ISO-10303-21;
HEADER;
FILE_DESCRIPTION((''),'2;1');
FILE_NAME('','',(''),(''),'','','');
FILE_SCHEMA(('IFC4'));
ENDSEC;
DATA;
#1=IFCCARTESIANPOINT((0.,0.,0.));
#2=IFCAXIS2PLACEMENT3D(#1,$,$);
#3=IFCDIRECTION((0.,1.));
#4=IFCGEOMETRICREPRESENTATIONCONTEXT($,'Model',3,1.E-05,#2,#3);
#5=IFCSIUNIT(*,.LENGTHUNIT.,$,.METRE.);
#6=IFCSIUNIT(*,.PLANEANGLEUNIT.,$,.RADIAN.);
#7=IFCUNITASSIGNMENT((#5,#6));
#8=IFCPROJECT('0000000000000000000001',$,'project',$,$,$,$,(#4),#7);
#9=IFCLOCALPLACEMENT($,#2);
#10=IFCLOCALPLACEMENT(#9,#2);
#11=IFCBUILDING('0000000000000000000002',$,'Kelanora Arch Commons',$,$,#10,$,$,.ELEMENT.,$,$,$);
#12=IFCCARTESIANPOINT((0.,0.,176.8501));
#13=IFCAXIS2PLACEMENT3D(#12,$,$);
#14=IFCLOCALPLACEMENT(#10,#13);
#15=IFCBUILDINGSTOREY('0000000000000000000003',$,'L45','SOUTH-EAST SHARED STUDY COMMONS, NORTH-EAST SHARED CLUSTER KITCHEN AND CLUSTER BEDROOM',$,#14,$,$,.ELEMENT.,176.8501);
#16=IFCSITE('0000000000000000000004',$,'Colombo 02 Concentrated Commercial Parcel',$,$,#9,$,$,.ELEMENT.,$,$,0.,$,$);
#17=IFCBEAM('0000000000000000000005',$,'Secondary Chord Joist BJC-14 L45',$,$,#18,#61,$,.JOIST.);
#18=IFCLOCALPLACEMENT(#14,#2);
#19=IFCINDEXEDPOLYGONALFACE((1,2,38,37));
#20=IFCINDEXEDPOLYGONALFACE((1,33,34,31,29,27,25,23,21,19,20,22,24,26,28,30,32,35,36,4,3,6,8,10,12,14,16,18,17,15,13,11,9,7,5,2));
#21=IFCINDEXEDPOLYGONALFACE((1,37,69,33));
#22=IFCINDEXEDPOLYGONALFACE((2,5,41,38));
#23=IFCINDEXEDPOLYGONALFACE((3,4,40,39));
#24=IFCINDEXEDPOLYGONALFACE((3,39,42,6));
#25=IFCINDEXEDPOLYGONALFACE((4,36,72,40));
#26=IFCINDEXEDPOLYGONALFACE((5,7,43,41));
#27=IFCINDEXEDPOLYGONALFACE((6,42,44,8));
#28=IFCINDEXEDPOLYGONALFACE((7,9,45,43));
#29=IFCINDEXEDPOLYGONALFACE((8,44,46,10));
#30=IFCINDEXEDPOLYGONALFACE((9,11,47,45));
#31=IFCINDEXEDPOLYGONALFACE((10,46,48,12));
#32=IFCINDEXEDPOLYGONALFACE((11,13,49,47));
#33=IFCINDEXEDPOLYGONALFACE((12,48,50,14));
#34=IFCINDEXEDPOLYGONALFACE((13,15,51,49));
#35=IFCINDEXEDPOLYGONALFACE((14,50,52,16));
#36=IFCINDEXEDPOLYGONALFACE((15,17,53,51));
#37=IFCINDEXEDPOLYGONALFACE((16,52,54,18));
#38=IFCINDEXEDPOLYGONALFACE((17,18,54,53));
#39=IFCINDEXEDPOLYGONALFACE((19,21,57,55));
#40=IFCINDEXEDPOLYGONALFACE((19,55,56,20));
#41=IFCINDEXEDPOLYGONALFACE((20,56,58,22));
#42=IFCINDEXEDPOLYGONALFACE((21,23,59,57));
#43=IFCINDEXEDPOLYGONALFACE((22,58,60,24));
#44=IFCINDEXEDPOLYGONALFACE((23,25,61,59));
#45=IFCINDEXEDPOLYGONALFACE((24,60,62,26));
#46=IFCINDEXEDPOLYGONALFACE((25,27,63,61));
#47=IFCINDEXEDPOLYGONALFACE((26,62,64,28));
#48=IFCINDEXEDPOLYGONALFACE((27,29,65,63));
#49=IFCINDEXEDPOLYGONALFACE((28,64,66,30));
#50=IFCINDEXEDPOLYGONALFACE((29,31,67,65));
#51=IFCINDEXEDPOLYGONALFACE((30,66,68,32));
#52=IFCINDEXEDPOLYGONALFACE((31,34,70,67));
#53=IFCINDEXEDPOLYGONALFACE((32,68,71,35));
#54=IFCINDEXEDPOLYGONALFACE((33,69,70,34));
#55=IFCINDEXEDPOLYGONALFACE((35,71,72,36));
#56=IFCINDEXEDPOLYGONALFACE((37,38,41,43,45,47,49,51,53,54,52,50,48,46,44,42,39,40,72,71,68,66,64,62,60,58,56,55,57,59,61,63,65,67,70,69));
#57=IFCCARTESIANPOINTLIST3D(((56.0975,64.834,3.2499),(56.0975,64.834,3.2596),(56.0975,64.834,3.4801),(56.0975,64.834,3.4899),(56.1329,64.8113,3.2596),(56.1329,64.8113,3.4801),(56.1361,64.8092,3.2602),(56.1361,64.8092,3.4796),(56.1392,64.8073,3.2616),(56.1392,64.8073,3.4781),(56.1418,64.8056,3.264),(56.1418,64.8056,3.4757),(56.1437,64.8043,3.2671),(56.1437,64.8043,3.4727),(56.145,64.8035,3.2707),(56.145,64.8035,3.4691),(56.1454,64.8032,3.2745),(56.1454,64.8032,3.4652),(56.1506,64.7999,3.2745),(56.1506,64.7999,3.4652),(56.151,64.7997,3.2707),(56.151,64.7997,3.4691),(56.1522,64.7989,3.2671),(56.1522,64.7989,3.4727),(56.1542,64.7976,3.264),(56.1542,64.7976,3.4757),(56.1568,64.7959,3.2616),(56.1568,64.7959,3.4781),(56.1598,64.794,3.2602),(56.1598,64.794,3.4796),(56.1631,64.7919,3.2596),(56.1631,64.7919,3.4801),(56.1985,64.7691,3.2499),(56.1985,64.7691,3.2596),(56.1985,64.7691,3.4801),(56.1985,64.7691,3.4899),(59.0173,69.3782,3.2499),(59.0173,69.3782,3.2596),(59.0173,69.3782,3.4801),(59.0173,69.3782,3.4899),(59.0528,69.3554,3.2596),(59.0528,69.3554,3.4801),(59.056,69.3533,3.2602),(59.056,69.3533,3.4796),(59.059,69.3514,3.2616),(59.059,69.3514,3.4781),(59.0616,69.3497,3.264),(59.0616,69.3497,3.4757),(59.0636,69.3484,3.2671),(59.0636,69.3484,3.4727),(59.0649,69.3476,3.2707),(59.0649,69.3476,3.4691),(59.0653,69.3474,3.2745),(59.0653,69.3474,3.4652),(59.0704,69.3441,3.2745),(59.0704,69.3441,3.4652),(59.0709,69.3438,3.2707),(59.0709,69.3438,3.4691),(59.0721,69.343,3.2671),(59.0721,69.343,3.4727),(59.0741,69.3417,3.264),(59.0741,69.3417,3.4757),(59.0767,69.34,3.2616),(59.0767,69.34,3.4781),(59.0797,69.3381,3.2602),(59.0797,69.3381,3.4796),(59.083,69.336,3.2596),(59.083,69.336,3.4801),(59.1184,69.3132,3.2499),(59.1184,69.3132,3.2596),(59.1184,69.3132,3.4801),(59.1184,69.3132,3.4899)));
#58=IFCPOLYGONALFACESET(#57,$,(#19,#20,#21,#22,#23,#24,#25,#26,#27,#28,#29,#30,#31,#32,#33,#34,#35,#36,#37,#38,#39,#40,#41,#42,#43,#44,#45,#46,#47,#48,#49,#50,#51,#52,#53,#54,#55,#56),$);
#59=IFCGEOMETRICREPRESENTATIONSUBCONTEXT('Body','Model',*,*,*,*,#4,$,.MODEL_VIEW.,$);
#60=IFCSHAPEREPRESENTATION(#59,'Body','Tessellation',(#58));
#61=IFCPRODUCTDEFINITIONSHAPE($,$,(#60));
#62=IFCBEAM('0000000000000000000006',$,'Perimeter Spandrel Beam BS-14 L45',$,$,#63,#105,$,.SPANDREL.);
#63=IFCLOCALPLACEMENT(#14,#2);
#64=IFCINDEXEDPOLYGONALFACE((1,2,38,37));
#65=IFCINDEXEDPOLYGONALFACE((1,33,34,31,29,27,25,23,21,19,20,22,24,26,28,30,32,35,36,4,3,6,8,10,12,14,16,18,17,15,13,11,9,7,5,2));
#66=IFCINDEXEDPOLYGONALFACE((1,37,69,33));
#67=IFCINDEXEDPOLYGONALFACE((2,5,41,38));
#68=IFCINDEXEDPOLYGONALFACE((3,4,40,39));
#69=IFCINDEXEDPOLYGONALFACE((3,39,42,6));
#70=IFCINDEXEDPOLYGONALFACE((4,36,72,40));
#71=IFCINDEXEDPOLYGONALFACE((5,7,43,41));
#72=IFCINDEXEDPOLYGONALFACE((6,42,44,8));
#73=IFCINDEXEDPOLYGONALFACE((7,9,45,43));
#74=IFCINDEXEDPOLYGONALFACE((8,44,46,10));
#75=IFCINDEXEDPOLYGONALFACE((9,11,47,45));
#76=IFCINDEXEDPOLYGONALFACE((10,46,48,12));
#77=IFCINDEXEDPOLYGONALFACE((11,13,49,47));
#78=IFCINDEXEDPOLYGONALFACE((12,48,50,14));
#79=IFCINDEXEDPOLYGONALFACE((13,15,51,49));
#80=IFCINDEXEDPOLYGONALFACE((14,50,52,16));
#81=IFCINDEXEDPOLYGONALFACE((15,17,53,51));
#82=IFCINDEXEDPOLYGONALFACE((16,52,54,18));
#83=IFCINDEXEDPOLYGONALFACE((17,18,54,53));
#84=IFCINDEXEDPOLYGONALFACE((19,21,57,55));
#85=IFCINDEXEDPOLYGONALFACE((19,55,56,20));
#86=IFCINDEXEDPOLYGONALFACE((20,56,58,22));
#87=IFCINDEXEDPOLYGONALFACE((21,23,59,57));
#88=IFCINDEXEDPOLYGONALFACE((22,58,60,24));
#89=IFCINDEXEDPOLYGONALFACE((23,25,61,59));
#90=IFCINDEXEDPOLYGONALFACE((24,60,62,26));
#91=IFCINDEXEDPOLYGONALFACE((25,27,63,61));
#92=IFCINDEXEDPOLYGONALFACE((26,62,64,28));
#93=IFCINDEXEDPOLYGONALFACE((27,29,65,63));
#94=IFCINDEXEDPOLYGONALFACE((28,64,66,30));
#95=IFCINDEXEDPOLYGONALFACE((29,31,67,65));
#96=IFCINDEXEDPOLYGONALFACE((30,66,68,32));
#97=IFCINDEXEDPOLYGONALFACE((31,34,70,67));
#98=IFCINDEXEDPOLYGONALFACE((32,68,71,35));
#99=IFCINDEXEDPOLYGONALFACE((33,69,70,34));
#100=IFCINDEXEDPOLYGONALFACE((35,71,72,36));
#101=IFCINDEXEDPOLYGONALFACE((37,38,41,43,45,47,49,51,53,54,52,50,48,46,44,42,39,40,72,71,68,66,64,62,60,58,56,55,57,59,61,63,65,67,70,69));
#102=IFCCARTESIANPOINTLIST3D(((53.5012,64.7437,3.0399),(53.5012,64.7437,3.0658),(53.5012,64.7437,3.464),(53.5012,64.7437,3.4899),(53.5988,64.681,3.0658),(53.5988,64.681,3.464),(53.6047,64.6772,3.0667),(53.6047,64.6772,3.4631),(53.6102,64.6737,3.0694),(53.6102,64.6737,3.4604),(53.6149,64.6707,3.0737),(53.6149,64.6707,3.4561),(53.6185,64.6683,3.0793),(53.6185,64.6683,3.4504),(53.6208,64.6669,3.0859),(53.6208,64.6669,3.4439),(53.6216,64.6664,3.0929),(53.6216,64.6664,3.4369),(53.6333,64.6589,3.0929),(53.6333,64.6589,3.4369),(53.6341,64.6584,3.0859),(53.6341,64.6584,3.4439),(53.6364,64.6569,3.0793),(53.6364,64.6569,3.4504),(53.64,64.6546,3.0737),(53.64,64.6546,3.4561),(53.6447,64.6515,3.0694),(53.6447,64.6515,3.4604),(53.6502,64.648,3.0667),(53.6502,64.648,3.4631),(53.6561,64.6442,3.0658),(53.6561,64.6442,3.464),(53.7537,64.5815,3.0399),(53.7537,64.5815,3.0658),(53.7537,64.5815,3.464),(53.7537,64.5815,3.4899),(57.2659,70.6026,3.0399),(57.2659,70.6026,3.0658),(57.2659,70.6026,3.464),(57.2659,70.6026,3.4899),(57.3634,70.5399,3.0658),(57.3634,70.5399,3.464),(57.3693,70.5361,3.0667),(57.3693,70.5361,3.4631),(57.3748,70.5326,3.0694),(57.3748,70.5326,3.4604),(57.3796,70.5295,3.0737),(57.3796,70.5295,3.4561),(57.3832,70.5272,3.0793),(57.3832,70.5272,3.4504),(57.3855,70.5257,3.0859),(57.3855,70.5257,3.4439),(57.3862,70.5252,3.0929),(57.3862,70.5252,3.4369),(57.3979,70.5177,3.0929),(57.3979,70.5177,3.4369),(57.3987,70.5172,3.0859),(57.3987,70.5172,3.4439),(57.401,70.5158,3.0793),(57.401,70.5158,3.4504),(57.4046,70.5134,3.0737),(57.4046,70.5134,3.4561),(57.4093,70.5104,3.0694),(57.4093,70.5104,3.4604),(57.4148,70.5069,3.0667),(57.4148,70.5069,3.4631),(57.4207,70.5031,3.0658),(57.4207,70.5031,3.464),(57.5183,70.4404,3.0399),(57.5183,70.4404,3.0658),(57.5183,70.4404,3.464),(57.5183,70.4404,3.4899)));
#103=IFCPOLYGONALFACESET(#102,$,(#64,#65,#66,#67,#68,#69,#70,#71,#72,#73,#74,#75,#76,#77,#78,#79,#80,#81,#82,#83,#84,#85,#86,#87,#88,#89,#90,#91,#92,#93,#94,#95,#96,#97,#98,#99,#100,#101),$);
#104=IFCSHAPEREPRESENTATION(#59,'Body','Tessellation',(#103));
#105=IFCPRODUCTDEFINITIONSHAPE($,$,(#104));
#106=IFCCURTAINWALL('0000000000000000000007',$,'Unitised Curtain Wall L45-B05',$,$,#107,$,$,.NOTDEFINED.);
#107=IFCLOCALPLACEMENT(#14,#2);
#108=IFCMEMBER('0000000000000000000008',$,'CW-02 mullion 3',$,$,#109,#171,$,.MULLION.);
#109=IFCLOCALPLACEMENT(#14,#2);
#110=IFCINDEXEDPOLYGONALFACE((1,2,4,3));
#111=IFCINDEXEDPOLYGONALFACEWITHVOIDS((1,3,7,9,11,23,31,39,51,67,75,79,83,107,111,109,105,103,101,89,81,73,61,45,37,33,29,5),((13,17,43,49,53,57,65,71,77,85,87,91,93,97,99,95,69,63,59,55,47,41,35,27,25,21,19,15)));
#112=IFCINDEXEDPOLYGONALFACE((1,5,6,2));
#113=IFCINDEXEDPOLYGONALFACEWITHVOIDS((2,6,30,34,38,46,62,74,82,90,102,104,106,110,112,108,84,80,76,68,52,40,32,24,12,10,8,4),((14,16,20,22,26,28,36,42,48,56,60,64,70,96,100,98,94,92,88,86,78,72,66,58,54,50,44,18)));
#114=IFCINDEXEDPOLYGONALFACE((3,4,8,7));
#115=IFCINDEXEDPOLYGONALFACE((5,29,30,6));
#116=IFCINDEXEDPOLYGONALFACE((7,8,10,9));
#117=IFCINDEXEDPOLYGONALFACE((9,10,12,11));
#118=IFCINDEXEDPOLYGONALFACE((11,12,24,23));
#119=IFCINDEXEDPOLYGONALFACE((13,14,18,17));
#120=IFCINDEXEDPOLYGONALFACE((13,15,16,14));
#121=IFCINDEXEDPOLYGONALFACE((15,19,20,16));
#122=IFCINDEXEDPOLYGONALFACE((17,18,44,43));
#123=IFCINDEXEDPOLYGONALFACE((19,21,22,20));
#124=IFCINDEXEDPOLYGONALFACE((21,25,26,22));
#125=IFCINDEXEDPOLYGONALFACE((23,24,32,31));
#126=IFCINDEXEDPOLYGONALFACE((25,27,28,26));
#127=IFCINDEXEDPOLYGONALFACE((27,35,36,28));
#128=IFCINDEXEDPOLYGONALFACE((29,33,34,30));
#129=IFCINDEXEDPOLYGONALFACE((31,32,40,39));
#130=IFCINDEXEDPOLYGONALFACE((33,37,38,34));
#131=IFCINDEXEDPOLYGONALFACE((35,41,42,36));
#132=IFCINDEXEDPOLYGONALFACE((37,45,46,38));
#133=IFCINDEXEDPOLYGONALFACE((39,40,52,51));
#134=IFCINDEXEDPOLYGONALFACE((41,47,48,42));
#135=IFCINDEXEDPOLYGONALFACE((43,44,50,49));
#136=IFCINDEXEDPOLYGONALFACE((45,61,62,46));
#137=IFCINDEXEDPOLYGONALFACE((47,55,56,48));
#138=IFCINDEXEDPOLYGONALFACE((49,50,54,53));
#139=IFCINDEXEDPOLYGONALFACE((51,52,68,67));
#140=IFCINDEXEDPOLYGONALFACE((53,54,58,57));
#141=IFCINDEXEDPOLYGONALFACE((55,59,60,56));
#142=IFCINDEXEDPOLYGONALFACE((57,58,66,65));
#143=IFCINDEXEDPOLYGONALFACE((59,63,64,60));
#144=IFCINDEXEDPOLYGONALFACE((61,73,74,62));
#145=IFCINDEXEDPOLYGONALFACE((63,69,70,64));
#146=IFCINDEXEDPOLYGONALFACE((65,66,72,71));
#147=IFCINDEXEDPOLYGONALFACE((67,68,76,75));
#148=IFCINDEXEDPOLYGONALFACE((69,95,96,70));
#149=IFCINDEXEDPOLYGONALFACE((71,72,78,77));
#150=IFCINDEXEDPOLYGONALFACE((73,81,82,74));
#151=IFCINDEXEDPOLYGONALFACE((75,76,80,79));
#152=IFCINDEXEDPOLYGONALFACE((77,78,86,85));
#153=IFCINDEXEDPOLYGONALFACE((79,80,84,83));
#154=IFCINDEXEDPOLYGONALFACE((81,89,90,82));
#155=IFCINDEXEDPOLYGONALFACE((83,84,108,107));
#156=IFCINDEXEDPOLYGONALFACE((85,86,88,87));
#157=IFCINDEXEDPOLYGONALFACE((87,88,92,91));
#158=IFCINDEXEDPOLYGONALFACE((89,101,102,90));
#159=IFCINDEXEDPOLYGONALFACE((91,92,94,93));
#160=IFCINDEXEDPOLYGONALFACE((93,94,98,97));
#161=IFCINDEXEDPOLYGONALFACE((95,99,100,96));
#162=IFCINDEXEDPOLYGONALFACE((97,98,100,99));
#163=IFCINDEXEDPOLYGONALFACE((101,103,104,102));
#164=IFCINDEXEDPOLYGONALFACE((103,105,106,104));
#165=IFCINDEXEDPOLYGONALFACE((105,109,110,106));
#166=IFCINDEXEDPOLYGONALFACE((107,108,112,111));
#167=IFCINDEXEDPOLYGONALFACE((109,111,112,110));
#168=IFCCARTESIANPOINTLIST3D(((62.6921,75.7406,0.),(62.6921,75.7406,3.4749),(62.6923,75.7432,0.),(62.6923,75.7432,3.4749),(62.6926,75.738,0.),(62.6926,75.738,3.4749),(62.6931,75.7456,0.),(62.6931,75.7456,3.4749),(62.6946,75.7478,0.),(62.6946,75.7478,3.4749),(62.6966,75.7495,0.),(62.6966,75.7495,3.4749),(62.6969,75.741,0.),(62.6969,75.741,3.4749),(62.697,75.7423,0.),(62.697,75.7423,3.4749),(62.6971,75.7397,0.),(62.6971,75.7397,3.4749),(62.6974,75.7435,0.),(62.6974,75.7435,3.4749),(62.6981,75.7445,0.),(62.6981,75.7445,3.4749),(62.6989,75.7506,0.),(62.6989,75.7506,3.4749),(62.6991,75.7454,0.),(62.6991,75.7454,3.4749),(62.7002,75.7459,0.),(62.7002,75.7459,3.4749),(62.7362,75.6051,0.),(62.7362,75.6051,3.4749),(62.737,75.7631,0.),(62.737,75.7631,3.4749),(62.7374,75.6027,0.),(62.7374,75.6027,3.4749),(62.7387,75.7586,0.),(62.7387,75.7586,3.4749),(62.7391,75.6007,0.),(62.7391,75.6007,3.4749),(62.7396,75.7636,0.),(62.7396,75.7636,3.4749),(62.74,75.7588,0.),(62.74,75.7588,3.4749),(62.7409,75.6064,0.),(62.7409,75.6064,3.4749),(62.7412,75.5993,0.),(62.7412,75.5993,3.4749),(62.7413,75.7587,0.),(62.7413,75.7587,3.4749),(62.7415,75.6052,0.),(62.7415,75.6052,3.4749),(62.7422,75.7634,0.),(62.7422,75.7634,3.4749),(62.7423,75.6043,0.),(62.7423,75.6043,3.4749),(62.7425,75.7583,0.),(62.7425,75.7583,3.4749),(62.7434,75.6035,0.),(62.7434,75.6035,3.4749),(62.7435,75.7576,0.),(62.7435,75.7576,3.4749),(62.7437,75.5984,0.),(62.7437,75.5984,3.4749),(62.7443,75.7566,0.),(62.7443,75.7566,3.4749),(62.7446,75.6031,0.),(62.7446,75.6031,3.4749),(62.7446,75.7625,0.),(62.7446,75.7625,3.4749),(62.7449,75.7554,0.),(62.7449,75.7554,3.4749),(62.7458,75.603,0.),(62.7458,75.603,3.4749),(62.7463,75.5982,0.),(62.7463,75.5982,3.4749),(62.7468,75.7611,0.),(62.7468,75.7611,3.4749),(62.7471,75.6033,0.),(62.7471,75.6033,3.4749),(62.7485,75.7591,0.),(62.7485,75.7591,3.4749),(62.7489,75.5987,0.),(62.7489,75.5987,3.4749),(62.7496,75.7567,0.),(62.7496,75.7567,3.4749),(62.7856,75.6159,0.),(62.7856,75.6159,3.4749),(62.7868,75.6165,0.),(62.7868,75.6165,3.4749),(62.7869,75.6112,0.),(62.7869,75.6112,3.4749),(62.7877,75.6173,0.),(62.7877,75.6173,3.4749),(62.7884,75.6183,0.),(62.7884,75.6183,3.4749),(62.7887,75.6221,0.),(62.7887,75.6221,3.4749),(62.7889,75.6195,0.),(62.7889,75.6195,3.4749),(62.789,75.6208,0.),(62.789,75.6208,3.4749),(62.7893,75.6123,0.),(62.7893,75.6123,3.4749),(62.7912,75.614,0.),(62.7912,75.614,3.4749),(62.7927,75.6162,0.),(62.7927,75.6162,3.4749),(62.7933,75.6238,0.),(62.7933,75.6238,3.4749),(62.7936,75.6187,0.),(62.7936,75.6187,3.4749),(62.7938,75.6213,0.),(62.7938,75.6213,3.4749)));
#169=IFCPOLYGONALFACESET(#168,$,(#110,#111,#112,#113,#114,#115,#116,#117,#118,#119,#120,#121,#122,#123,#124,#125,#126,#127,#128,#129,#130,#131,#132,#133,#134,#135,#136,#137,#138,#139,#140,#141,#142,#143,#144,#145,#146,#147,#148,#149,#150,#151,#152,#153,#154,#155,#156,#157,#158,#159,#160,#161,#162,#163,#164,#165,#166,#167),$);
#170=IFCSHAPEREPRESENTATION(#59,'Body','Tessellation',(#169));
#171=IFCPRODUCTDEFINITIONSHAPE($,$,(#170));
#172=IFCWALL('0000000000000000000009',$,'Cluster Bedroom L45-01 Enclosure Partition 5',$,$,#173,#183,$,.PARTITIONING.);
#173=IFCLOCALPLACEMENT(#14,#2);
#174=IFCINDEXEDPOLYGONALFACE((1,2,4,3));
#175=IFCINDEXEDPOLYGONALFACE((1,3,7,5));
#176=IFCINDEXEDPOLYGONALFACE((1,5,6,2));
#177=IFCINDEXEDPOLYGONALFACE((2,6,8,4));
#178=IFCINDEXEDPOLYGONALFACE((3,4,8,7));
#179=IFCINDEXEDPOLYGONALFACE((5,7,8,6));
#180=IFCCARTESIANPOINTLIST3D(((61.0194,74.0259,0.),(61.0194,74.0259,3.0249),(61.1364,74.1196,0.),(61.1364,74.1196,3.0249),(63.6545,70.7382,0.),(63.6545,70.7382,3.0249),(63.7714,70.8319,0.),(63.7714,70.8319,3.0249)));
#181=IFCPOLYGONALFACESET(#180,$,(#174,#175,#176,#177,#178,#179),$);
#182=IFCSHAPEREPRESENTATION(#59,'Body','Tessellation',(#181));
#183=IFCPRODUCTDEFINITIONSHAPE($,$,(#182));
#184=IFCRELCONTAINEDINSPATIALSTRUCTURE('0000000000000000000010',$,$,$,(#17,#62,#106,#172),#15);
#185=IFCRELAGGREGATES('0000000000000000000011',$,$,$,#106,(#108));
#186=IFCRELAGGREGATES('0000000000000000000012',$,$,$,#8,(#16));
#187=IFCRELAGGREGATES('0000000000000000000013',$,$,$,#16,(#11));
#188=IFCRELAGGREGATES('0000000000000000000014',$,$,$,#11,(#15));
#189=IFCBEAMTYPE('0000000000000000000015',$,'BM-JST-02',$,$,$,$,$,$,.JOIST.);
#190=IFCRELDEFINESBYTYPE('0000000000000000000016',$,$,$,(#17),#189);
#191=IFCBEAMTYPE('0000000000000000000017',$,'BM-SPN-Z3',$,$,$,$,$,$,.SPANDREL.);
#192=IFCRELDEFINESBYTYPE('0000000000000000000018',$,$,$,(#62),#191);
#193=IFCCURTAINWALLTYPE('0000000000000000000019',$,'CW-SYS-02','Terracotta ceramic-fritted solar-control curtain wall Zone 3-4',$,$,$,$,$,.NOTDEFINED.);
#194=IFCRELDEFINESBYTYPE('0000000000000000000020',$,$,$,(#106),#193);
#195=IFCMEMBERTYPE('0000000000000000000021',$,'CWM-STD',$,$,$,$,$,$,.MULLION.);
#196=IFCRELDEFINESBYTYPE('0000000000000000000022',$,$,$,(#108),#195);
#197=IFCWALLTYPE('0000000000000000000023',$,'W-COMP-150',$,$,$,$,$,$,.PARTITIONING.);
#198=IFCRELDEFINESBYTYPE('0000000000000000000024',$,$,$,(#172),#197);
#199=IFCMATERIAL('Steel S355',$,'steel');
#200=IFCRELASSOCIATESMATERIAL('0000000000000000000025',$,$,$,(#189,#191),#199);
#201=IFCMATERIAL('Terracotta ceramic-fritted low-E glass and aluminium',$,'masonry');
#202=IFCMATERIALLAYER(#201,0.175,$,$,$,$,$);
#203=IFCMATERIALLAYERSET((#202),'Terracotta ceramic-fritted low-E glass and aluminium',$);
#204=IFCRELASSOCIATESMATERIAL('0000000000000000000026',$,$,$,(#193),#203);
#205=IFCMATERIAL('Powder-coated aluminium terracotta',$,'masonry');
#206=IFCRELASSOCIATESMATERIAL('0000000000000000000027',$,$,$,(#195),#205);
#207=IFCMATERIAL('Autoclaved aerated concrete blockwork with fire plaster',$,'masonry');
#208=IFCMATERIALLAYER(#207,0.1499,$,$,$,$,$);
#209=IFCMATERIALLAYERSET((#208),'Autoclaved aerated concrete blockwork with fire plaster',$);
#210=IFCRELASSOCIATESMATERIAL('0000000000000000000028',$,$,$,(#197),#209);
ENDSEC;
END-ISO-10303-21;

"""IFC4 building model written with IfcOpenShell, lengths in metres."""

from ifc_helpers import new_model, si_unit, direction, frame, frame_2d, origin, origin_2d, place, context, subcontext, project, spatial, rectangle, hollow_rectangle, i_section, extrude, material, layer, layer_set, material_profile, profile_set, type_object, element, aggregate, save


model = new_model("IFC4")

# Units and contexts
model_context = context("Model", 3, precision=1e-05, world=origin(), true_north=direction((0.0, 1.0)))
body_context = subcontext(model_context, "Body", "Model", "MODEL_VIEW")
ifc_project = project(units=[si_unit("LENGTHUNIT", "METRE"), si_unit("PLANEANGLEUNIT", "RADIAN")], contexts=[model_context])

# Site, building, storey
site_placement = place(None, origin())
site = spatial("IfcSite", under=ifc_project, at=site_placement, Name="Colombo 02 Concentrated Commercial Parcel", CompositionType="ELEMENT", RefElevation=0.0)
building_placement = place(site_placement, origin())
building = spatial("IfcBuilding", under=site, at=building_placement, Name="Kelanora Arch Commons", CompositionType="ELEMENT")
storey_placement = place(building_placement, frame((0.0, 0.0, 176.8501)))
storey = spatial("IfcBuildingStorey", under=building, at=storey_placement, Name="L45", Description="SOUTH-EAST SHARED STUDY COMMONS, NORTH-EAST SHARED CLUSTER KITCHEN AND CLUSTER BEDROOM", CompositionType="ELEMENT", Elevation=176.8501)

# Beams
ifc_material_1 = material(Name="Steel S355", Category="steel")
ifc_material_profile_1 = material_profile(ifc_material_1, i_section(OverallWidth=0.1201, OverallDepth=0.24, WebThickness=0.0061, FlangeThickness=0.0098, FilletRadius=0.0149, at=origin_2d()), Name="IPE240")
ifc_profile_set_1 = profile_set([ifc_material_profile_1], Name="Steel S355")
beam_type_1 = type_object("IfcBeamType", Name="BM-JST-02", PredefinedType="JOIST", material=ifc_profile_set_1)
beam_1_placement = place(storey_placement, frame((59.0679, 69.3457, 3.3699), z_axis=(-0.540582, -0.841292, 0.0), x_axis=(0.841292, -0.540582, 0.0)))
element("IfcBeam", 1, at=beam_1_placement, inside=storey, type_object=beam_type_1, Name="Secondary Chord Joist BJC-14 L45", PredefinedType="JOIST", context=body_context, shape_type="SweptSolid", body=[
    extrude(i_section(OverallWidth=0.1201, OverallDepth=0.24, WebThickness=0.0061, FlangeThickness=0.0098, FilletRadius=0.0149, at=origin_2d()), origin(), (0.0, 0.0, 1.0), 5.4014),
])
ifc_material_profile_2 = material_profile(ifc_material_1, i_section(OverallWidth=0.3, OverallDepth=0.45, WebThickness=0.0139, FlangeThickness=0.0259, FilletRadius=0.0271, at=origin_2d()), Name="HEB450")
ifc_profile_set_2 = profile_set([ifc_material_profile_2], Name="Steel S355")
beam_type_2 = type_object("IfcBeamType", Name="BM-SPN-Z3", PredefinedType="SPANDREL", material=ifc_profile_set_2)
beam_2_placement = place(storey_placement, frame((57.3921, 70.5215, 3.2649), z_axis=(-0.540577, -0.841295, 0.0), x_axis=(0.841295, -0.540577, 0.0)))
element("IfcBeam", 2, at=beam_2_placement, inside=storey, type_object=beam_type_2, Name="Perimeter Spandrel Beam BS-14 L45", PredefinedType="SPANDREL", context=body_context, shape_type="SweptSolid", body=[
    extrude(i_section(OverallWidth=0.3, OverallDepth=0.45, WebThickness=0.0139, FlangeThickness=0.0259, FilletRadius=0.0271, at=origin_2d()), origin(), (0.0, 0.0, 1.0), 6.9641),
])

# Curtain wall, member
ifc_material_2 = material(Name="Terracotta ceramic-fritted low-E glass and aluminium", Category="masonry")
ifc_layer_1 = layer(ifc_material_2, 0.175)
ifc_layer_set_1 = layer_set([ifc_layer_1], Name="Terracotta ceramic-fritted low-E glass and aluminium")
curtain_wall_type = type_object("IfcCurtainWallType", Name="CW-SYS-02", Description="Terracotta ceramic-fritted solar-control curtain wall Zone 3-4", PredefinedType="NOTDEFINED", material=ifc_layer_set_1)
curtain_wall_placement = place(storey_placement, origin())
curtain_wall = element("IfcCurtainWall", 3, at=curtain_wall_placement, inside=storey, type_object=curtain_wall_type, Name="Unitised Curtain Wall L45-B05", PredefinedType="NOTDEFINED")
ifc_material_3 = material(Name="Powder-coated aluminium terracotta", Category="masonry")
ifc_material_profile_3 = material_profile(ifc_material_3, hollow_rectangle(XDim=0.1599, YDim=0.0601, WallThickness=0.0049, InnerFilletRadius=0.0049, OuterFilletRadius=0.01, at=origin_2d()), Name="CWM160x60")
ifc_profile_set_3 = profile_set([ifc_material_profile_3], Name="Powder-coated aluminium terracotta")
member_type = type_object("IfcMemberType", Name="CWM-STD", PredefinedType="MULLION", material=ifc_profile_set_3)
member_placement = place(storey_placement, frame((62.7429, 75.6809, 0.0), z_axis=(0.0, 0.0, 1.0), x_axis=(0.312128, -0.95004, 0.0)))
member = element("IfcMember", 4, at=member_placement, type_object=member_type, Name="CW-02 mullion 3", PredefinedType="MULLION", context=body_context, shape_type="SweptSolid", body=[
    extrude(hollow_rectangle(XDim=0.1599, YDim=0.0601, WallThickness=0.0049, InnerFilletRadius=0.0049, OuterFilletRadius=0.01, at=origin_2d()), origin(), (0.0, 0.0, 1.0), 3.4749),
])
aggregate(curtain_wall, [member])

# Wall
ifc_material_4 = material(Name="Autoclaved aerated concrete blockwork with fire plaster", Category="masonry")
ifc_layer_2 = layer(ifc_material_4, 0.1499)
ifc_layer_set_2 = layer_set([ifc_layer_2], Name="Autoclaved aerated concrete blockwork with fire plaster")
wall_type_1 = type_object("IfcWallType", Name="W-COMP-150", PredefinedType="PARTITIONING", material=ifc_layer_set_2)
wall_1_placement = place(storey_placement, frame((61.0779, 74.0728, 0.0), z_axis=(0.0, 0.0, 1.0), x_axis=(0.625409, -0.780298, 0.0)))
element("IfcWall", 5, at=wall_1_placement, inside=storey, type_object=wall_type_1, Name="Cluster Bedroom L45-01 Enclosure Partition 5", PredefinedType="PARTITIONING", context=body_context, shape_type="SweptSolid", body=[
    extrude(rectangle(XDim=4.2134, YDim=0.1499, at=frame_2d((2.1067, 0.0))), origin(), (0.0, 0.0, 1.0), 3.0249),
])

save(model, "model.ifc")
